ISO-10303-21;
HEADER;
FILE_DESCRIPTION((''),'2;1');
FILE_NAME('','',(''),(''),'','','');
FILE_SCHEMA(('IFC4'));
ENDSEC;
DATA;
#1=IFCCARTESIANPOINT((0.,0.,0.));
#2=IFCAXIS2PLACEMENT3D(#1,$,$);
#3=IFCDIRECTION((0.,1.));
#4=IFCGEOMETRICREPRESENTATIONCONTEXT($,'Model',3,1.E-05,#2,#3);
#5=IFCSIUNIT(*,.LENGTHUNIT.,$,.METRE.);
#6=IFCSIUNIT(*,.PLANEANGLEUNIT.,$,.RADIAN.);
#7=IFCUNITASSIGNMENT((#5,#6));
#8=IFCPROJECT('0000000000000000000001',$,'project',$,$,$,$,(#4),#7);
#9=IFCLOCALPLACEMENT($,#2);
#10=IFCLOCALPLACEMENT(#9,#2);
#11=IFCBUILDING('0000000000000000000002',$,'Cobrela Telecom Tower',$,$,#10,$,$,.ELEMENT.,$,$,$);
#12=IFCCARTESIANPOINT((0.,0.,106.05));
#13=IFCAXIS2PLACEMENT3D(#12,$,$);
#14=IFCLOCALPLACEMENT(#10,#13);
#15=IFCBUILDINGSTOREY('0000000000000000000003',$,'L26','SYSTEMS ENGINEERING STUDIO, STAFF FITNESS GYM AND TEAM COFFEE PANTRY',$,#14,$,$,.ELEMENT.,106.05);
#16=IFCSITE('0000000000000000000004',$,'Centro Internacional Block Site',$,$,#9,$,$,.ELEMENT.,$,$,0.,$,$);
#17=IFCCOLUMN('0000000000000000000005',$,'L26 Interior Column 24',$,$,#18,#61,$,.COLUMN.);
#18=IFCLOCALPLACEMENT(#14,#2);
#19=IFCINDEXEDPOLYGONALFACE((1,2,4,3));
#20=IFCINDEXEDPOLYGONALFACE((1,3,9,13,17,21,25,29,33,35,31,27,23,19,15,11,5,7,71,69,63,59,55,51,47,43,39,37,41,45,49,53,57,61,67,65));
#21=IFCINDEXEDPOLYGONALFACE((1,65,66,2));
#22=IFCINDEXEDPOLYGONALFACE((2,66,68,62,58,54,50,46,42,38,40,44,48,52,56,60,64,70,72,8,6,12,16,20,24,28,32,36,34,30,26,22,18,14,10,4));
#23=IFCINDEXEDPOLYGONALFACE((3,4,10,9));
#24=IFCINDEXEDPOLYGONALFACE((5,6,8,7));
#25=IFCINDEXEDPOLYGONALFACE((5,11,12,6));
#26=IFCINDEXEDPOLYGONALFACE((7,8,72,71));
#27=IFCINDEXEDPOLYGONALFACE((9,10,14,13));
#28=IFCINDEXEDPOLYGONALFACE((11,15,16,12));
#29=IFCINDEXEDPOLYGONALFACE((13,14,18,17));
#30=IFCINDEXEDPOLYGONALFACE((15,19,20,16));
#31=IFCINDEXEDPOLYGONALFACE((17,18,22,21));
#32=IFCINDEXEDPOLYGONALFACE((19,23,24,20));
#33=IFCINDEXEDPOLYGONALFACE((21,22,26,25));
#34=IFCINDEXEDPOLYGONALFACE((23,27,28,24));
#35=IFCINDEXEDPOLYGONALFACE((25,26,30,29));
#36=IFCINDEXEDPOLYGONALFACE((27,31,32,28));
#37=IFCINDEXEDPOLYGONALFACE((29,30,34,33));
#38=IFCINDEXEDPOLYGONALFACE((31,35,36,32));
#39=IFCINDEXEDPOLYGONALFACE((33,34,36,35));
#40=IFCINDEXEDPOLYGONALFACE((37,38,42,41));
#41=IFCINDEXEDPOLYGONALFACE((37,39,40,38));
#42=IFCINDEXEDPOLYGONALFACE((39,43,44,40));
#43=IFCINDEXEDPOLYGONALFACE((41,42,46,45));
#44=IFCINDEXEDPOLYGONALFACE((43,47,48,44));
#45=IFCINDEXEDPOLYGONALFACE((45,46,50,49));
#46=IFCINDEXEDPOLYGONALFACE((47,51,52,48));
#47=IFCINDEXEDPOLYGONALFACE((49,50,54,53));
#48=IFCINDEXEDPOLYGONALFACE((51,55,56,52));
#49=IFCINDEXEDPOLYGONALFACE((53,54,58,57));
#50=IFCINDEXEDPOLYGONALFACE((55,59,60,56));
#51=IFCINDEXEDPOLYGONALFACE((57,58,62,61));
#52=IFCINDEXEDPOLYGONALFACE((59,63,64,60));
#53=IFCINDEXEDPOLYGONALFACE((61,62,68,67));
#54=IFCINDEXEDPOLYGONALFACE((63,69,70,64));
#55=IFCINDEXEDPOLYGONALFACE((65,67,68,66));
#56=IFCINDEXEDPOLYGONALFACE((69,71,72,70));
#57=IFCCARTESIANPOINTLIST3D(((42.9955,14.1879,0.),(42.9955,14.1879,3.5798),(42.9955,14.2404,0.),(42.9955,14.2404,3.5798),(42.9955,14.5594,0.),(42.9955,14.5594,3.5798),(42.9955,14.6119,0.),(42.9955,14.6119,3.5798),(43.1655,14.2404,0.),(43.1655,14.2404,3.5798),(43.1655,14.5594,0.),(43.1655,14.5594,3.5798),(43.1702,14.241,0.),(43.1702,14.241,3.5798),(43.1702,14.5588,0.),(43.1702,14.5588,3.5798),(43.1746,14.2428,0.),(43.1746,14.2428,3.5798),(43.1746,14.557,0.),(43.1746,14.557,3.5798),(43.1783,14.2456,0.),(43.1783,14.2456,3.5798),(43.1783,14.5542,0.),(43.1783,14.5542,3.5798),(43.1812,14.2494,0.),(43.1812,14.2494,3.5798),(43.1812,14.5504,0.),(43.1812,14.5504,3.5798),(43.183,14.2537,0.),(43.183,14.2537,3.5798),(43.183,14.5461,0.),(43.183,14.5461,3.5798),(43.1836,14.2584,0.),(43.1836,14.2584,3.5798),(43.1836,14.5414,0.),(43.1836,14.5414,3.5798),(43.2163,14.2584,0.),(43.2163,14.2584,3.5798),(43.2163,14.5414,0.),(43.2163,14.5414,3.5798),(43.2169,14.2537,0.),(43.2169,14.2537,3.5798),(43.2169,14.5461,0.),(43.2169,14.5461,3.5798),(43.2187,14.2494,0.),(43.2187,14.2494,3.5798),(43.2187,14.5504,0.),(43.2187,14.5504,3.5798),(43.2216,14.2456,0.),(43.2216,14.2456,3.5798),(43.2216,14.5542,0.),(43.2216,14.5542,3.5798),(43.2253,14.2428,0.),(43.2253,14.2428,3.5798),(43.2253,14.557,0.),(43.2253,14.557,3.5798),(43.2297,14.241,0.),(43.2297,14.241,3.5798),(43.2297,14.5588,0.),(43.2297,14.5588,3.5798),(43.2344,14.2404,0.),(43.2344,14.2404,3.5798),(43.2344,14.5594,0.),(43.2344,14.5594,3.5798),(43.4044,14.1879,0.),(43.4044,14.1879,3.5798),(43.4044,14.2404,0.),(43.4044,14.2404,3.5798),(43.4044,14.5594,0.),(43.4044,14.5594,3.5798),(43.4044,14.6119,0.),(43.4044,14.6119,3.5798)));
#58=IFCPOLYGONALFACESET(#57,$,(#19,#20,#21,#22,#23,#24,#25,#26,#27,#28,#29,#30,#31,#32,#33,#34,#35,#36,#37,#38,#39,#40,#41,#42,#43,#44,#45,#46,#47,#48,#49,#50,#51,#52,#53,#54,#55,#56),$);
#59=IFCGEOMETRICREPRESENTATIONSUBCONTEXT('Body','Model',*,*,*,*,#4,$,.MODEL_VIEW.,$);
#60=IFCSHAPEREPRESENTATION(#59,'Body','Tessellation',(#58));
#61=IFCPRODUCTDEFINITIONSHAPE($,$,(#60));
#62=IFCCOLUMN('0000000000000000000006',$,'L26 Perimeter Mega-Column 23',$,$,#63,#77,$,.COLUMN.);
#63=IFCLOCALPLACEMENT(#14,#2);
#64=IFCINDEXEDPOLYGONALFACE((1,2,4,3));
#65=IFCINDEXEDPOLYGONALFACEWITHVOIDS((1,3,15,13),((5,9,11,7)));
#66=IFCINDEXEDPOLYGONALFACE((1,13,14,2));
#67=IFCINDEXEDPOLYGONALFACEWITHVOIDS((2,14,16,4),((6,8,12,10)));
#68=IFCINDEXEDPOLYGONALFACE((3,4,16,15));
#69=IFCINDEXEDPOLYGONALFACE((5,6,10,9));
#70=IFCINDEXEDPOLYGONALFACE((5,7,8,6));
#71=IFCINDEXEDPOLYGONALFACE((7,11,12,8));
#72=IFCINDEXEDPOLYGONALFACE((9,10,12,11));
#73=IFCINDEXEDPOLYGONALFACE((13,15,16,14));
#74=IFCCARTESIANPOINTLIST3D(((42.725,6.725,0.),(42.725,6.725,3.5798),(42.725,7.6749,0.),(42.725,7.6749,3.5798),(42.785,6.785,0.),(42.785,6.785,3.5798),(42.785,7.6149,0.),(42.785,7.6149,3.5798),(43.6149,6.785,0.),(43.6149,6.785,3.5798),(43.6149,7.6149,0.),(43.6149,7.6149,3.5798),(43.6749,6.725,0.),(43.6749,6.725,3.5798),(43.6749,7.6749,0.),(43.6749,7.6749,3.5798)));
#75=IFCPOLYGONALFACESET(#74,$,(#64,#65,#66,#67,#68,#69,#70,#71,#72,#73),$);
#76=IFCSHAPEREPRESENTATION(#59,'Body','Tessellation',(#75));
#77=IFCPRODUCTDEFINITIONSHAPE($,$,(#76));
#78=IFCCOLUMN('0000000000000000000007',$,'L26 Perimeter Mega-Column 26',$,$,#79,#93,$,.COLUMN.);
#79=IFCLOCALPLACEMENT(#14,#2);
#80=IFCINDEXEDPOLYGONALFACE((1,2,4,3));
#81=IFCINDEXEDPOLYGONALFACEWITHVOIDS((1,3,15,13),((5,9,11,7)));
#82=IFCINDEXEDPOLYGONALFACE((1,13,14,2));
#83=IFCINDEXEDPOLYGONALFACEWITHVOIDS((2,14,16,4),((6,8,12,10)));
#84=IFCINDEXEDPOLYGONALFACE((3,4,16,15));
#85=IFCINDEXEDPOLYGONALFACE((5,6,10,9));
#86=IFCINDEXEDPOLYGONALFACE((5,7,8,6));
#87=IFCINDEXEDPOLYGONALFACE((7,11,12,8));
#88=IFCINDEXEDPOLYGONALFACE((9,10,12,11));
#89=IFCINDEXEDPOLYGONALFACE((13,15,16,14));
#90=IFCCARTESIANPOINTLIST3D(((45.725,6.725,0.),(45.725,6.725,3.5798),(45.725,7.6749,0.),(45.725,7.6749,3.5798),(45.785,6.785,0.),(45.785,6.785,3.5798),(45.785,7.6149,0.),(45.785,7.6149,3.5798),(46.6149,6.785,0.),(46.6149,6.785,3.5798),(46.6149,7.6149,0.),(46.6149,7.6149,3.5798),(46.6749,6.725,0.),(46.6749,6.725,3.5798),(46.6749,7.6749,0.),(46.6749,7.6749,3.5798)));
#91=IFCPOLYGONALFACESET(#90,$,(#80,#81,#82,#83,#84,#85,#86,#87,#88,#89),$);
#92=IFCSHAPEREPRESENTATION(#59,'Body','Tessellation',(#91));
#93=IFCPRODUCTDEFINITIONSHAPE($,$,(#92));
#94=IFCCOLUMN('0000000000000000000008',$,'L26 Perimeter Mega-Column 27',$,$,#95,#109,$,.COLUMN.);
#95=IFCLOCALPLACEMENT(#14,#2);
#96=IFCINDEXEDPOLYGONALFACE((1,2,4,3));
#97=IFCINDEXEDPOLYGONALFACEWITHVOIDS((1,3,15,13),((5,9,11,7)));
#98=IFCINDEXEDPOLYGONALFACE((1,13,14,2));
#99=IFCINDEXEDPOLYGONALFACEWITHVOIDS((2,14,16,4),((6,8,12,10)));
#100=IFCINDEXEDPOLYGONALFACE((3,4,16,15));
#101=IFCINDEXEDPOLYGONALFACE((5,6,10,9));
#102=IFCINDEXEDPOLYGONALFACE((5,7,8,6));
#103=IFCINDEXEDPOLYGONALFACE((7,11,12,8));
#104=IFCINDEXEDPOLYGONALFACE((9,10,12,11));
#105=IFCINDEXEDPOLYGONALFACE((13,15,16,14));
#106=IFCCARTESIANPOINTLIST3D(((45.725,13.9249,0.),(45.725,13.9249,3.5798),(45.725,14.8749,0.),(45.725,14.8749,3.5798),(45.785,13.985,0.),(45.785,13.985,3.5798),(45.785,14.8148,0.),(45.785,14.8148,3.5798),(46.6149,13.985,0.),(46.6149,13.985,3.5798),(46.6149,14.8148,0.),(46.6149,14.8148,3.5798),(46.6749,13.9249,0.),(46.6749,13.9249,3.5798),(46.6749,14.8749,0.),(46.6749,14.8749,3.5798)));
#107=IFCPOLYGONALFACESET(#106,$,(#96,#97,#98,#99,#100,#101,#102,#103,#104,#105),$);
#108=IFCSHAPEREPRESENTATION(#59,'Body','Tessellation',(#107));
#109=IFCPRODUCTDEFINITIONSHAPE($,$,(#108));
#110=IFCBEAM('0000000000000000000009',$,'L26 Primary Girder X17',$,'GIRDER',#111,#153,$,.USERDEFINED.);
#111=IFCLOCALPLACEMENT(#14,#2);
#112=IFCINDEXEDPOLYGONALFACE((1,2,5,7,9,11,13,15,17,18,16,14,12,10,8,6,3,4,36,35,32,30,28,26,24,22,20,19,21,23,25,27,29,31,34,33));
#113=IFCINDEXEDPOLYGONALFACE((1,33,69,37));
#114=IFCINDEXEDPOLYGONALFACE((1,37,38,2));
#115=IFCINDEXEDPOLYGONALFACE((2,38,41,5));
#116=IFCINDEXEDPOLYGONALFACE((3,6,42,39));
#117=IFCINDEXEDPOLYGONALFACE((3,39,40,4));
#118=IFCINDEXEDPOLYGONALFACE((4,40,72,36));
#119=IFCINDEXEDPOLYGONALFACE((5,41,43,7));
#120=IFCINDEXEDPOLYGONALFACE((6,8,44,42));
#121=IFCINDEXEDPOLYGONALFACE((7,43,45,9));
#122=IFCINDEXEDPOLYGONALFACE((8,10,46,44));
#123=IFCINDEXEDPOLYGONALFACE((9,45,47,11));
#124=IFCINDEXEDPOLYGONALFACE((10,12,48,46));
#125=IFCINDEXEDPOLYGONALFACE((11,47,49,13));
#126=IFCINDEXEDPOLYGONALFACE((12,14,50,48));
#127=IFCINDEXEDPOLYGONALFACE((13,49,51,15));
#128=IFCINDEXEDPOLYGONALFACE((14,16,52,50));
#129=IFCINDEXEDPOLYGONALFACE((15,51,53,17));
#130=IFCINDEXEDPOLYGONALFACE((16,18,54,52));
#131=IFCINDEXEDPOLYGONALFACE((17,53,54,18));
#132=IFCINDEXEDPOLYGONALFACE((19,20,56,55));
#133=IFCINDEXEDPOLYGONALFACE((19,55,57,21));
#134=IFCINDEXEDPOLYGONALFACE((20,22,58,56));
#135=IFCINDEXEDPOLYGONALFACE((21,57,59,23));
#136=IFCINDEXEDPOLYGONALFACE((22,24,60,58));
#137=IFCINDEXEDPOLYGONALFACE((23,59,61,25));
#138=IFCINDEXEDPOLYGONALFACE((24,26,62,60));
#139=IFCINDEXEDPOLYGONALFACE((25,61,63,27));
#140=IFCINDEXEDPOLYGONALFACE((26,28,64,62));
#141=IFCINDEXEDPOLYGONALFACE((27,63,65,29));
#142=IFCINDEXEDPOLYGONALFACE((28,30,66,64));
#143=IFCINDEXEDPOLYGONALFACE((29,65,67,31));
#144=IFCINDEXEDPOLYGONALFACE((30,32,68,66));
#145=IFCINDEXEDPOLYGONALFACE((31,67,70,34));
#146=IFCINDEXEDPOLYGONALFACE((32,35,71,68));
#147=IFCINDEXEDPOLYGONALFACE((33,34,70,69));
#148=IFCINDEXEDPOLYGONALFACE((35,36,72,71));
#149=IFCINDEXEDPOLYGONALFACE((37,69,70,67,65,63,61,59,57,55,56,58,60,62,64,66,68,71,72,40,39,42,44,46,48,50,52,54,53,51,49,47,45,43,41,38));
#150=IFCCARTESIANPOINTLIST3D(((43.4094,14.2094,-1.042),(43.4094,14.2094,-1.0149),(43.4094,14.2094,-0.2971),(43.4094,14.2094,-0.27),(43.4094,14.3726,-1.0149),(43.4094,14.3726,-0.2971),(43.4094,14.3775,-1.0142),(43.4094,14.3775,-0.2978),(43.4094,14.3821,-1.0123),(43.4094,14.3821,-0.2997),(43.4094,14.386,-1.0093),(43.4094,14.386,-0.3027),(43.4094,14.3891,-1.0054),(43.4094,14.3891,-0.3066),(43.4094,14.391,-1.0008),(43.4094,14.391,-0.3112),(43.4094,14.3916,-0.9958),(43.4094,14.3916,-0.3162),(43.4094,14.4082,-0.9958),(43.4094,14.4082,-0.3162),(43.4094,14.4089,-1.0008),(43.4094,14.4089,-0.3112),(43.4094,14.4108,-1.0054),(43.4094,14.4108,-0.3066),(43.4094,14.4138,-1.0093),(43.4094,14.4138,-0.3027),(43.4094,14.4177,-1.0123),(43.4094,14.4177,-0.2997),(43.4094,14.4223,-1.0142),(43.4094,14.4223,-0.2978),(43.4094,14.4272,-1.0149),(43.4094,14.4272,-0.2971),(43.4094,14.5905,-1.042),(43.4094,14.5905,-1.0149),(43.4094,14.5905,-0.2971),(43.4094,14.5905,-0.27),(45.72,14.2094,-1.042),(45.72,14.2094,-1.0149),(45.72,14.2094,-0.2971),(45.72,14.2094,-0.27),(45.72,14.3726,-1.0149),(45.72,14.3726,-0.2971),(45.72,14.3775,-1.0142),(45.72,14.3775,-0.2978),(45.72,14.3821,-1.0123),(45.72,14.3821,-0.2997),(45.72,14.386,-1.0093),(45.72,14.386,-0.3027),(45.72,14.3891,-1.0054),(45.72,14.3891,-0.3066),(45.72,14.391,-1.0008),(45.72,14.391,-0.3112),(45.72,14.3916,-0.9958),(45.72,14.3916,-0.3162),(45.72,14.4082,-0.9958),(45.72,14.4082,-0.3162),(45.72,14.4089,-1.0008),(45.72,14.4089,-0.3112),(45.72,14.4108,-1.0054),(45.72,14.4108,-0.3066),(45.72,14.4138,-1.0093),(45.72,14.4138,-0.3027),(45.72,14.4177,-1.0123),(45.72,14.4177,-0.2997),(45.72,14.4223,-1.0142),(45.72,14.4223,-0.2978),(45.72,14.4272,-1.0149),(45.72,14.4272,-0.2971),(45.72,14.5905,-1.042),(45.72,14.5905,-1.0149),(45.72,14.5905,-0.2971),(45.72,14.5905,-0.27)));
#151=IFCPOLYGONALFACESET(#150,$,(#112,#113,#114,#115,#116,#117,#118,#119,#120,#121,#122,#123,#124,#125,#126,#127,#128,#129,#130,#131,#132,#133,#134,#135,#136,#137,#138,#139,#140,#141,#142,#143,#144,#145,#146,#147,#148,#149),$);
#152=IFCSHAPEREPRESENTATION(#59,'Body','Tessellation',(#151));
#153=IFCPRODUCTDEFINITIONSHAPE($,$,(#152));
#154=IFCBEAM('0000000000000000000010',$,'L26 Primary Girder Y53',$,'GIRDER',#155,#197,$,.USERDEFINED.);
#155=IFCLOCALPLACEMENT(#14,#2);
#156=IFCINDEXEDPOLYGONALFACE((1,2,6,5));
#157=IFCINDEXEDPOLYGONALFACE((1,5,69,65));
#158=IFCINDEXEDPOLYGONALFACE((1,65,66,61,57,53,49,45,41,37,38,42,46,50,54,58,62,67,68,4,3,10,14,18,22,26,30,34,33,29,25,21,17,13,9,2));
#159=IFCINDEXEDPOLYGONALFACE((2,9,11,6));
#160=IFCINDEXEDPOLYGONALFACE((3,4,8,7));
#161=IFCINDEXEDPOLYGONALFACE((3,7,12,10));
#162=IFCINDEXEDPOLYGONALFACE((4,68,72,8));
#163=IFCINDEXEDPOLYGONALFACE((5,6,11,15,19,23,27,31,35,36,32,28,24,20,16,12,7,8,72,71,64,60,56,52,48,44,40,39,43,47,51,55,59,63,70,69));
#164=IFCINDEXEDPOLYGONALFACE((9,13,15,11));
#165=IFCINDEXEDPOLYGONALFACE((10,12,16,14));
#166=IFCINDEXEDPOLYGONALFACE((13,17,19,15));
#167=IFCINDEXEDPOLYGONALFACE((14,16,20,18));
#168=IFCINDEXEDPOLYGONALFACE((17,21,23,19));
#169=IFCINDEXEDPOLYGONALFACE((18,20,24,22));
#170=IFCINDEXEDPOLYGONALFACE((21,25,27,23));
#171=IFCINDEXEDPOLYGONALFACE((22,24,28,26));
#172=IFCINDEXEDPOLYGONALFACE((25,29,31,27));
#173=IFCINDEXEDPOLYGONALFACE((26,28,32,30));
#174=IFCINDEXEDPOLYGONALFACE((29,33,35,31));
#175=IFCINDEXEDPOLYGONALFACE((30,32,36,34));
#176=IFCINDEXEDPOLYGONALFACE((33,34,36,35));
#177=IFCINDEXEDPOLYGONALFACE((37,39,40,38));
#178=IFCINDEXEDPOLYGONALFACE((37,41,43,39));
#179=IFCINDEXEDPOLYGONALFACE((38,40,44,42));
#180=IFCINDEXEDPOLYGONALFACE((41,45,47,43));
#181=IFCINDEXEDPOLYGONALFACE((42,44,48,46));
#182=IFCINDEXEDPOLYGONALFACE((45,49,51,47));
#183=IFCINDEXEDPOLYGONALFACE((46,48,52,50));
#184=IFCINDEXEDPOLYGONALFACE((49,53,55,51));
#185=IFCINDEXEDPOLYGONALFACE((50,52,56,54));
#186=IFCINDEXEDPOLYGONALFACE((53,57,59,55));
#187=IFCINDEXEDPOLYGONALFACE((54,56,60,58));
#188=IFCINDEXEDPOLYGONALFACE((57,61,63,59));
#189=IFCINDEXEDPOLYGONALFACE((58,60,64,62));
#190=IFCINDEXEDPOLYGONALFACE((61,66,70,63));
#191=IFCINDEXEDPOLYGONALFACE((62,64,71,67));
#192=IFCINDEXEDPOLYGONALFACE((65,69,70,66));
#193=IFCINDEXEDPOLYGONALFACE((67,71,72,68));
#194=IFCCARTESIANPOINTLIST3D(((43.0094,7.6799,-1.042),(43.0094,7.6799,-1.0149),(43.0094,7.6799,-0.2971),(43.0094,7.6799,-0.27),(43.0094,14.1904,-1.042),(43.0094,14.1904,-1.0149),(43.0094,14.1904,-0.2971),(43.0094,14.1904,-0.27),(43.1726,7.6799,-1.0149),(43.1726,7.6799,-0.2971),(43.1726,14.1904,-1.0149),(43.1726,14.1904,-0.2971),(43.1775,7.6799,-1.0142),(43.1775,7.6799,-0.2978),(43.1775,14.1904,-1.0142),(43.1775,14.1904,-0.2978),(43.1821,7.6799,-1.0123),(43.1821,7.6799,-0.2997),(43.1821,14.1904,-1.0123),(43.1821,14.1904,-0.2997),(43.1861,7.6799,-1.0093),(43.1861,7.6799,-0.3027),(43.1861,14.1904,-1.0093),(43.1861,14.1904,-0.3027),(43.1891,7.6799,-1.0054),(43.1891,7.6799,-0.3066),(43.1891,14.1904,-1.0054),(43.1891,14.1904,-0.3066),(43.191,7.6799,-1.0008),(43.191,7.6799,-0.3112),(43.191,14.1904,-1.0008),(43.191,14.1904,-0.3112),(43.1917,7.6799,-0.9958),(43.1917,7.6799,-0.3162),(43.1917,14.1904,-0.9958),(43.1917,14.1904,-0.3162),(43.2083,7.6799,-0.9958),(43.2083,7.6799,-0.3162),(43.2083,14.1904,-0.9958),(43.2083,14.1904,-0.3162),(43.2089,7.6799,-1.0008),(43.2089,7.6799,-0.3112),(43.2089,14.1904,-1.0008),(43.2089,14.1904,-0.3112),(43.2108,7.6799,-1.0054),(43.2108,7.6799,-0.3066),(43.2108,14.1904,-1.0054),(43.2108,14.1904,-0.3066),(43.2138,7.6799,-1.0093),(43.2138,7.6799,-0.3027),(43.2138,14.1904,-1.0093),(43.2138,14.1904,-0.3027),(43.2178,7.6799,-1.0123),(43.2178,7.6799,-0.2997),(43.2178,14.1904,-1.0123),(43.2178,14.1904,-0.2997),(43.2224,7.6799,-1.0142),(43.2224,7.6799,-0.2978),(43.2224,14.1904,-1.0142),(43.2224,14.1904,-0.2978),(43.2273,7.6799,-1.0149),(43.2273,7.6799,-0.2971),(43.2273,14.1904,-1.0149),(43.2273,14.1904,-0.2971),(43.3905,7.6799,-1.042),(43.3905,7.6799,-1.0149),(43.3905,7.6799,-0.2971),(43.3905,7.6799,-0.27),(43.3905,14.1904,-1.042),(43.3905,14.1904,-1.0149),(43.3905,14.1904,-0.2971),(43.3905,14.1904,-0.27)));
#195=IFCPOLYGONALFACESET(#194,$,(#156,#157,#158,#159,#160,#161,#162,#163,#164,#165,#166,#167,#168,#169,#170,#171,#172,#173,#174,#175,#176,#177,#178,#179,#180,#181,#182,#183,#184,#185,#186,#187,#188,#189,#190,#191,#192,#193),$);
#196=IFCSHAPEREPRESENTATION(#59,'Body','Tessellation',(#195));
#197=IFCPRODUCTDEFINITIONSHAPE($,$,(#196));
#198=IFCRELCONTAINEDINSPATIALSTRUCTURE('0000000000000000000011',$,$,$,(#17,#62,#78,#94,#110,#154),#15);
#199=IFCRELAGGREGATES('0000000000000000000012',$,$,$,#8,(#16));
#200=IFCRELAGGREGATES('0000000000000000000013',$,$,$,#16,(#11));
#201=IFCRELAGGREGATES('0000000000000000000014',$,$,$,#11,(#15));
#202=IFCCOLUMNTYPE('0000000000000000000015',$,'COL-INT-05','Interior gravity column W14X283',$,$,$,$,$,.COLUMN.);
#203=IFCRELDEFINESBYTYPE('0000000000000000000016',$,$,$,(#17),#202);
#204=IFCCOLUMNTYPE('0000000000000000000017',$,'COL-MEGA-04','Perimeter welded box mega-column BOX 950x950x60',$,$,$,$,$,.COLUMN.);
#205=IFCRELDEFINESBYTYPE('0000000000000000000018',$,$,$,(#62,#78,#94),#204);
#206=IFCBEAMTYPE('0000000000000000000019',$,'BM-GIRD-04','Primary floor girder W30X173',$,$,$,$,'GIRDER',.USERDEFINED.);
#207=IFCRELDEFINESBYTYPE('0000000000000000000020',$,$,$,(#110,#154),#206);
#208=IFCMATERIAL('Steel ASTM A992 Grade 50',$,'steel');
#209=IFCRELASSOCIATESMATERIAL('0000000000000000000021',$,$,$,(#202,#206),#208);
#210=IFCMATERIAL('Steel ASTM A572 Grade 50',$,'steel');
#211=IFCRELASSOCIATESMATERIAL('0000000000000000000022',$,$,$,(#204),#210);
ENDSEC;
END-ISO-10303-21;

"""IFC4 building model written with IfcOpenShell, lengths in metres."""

from ifc_helpers import new_model, si_unit, direction, frame, origin, origin_2d, place, context, subcontext, project, spatial, hollow_rectangle, i_section, extrude, material, material_profile, profile_set, type_object, element, save


model = new_model("IFC4")

# Units and contexts
model_context = context("Model", 3, precision=1e-05, world=origin(), true_north=direction((0.0, 1.0)))
body_context = subcontext(model_context, "Body", "Model", "MODEL_VIEW")
ifc_project = project(units=[si_unit("LENGTHUNIT", "METRE"), si_unit("PLANEANGLEUNIT", "RADIAN")], contexts=[model_context])

# Site, building, storey
site_placement = place(None, origin())
site = spatial("IfcSite", under=ifc_project, at=site_placement, Name="Centro Internacional Block Site", CompositionType="ELEMENT", RefElevation=0.0)
building_placement = place(site_placement, origin())
building = spatial("IfcBuilding", under=site, at=building_placement, Name="Cobrela Telecom Tower", CompositionType="ELEMENT")
storey_placement = place(building_placement, frame((0.0, 0.0, 106.05)))
storey = spatial("IfcBuildingStorey", under=building, at=storey_placement, Name="L26", Description="SYSTEMS ENGINEERING STUDIO, STAFF FITNESS GYM AND TEAM COFFEE PANTRY", CompositionType="ELEMENT", Elevation=106.05)

# Columns
ifc_material_1 = material(Name="Steel ASTM A992 Grade 50", Category="steel")
ifc_material_profile_1 = material_profile(ifc_material_1, i_section(OverallWidth=0.4089, OverallDepth=0.4241, WebThickness=0.0327, FlangeThickness=0.0525, FilletRadius=0.0181, at=origin_2d()), Name="W14X283")
ifc_profile_set_1 = profile_set([ifc_material_profile_1], Name="Steel ASTM A992 Grade 50")
column_type_1 = type_object("IfcColumnType", Name="COL-INT-05", Description="Interior gravity column W14X283", PredefinedType="COLUMN", material=ifc_profile_set_1)
column_placement = place(storey_placement, frame((43.2, 14.3999, 0.0), z_axis=(0.0, 0.0, 1.0), x_axis=(1.0, 0.0, 0.0)))
element("IfcColumn", 1, at=column_placement, inside=storey, type_object=column_type_1, Name="L26 Interior Column 24", PredefinedType="COLUMN", context=body_context, shape_type="SweptSolid", body=[
    extrude(i_section(OverallWidth=0.4089, OverallDepth=0.4241, WebThickness=0.0327, FlangeThickness=0.0525, FilletRadius=0.0181, at=origin_2d()), origin(), (0.0, 0.0, 1.0), 3.5798),
])
ifc_material_2 = material(Name="Steel ASTM A572 Grade 50", Category="steel")
ifc_material_profile_2 = material_profile(ifc_material_2, hollow_rectangle(XDim=0.95, YDim=0.95, WallThickness=0.0601, at=origin_2d()), Name="BOX 950x950x60")
ifc_profile_set_2 = profile_set([ifc_material_profile_2], Name="Steel ASTM A572 Grade 50")
column_type_2 = type_object("IfcColumnType", Name="COL-MEGA-04", Description="Perimeter welded box mega-column BOX 950x950x60", PredefinedType="COLUMN", material=ifc_profile_set_2)
for number, where, z_axis, x_axis, name in (
    (2, (43.2, 7.2, 0.0), (0.0, 0.0, 1.0), (1.0, 0.0, 0.0), "L26 Perimeter Mega-Column 23"),
    (3, (46.2, 7.2, 0.0), (0.0, 0.0, 1.0), (1.0, 0.0, 0.0), "L26 Perimeter Mega-Column 26"),
    (4, (46.2, 14.3999, 0.0), (0.0, 0.0, 1.0), (1.0, 0.0, 0.0), "L26 Perimeter Mega-Column 27"),
):
    element("IfcColumn", number, at=place(storey_placement, frame(where, z_axis=z_axis, x_axis=x_axis)), inside=storey, type_object=column_type_2, Name=name, PredefinedType="COLUMN", context=body_context, shape_type="SweptSolid", body=[
        extrude(hollow_rectangle(XDim=0.95, YDim=0.95, WallThickness=0.0601, at=origin_2d()), origin(), (0.0, 0.0, 1.0), 3.5798),
    ])

# Beams
ifc_material_profile_3 = material_profile(ifc_material_1, i_section(OverallWidth=0.3811, OverallDepth=0.772, WebThickness=0.0166, FlangeThickness=0.0271, FilletRadius=0.019, at=origin_2d()), Name="W30X173")
ifc_profile_set_3 = profile_set([ifc_material_profile_3], Name="Steel ASTM A992 Grade 50")
beam_type_1 = type_object("IfcBeamType", Name="BM-GIRD-04", Description="Primary floor girder W30X173", ElementType="GIRDER", PredefinedType="USERDEFINED", material=ifc_profile_set_3)
beam_1_placement = place(storey_placement, frame((43.4094, 14.3999, -0.656), z_axis=(1.0, 0.0, 0.0), x_axis=(0.0, 1.0, 0.0)))
element("IfcBeam", 5, at=beam_1_placement, inside=storey, type_object=beam_type_1, Name="L26 Primary Girder X17", ObjectType="GIRDER", PredefinedType="USERDEFINED", context=body_context, shape_type="SweptSolid", body=[
    extrude(i_section(OverallWidth=0.3811, OverallDepth=0.772, WebThickness=0.0166, FlangeThickness=0.0271, FilletRadius=0.019, at=origin_2d()), origin(), (0.0, 0.0, 1.0), 2.3105),
])
beam_2_placement = place(storey_placement, frame((43.2, 7.6799, -0.656), z_axis=(0.0, 1.0, 0.0), x_axis=(-1.0, 0.0, 0.0)))
element("IfcBeam", 6, at=beam_2_placement, inside=storey, type_object=beam_type_1, Name="L26 Primary Girder Y53", ObjectType="GIRDER", PredefinedType="USERDEFINED", context=body_context, shape_type="SweptSolid", body=[
    extrude(i_section(OverallWidth=0.3811, OverallDepth=0.772, WebThickness=0.0166, FlangeThickness=0.0271, FilletRadius=0.019, at=origin_2d()), origin(), (0.0, 0.0, 1.0), 6.5105),
])

save(model, "model.ifc")
